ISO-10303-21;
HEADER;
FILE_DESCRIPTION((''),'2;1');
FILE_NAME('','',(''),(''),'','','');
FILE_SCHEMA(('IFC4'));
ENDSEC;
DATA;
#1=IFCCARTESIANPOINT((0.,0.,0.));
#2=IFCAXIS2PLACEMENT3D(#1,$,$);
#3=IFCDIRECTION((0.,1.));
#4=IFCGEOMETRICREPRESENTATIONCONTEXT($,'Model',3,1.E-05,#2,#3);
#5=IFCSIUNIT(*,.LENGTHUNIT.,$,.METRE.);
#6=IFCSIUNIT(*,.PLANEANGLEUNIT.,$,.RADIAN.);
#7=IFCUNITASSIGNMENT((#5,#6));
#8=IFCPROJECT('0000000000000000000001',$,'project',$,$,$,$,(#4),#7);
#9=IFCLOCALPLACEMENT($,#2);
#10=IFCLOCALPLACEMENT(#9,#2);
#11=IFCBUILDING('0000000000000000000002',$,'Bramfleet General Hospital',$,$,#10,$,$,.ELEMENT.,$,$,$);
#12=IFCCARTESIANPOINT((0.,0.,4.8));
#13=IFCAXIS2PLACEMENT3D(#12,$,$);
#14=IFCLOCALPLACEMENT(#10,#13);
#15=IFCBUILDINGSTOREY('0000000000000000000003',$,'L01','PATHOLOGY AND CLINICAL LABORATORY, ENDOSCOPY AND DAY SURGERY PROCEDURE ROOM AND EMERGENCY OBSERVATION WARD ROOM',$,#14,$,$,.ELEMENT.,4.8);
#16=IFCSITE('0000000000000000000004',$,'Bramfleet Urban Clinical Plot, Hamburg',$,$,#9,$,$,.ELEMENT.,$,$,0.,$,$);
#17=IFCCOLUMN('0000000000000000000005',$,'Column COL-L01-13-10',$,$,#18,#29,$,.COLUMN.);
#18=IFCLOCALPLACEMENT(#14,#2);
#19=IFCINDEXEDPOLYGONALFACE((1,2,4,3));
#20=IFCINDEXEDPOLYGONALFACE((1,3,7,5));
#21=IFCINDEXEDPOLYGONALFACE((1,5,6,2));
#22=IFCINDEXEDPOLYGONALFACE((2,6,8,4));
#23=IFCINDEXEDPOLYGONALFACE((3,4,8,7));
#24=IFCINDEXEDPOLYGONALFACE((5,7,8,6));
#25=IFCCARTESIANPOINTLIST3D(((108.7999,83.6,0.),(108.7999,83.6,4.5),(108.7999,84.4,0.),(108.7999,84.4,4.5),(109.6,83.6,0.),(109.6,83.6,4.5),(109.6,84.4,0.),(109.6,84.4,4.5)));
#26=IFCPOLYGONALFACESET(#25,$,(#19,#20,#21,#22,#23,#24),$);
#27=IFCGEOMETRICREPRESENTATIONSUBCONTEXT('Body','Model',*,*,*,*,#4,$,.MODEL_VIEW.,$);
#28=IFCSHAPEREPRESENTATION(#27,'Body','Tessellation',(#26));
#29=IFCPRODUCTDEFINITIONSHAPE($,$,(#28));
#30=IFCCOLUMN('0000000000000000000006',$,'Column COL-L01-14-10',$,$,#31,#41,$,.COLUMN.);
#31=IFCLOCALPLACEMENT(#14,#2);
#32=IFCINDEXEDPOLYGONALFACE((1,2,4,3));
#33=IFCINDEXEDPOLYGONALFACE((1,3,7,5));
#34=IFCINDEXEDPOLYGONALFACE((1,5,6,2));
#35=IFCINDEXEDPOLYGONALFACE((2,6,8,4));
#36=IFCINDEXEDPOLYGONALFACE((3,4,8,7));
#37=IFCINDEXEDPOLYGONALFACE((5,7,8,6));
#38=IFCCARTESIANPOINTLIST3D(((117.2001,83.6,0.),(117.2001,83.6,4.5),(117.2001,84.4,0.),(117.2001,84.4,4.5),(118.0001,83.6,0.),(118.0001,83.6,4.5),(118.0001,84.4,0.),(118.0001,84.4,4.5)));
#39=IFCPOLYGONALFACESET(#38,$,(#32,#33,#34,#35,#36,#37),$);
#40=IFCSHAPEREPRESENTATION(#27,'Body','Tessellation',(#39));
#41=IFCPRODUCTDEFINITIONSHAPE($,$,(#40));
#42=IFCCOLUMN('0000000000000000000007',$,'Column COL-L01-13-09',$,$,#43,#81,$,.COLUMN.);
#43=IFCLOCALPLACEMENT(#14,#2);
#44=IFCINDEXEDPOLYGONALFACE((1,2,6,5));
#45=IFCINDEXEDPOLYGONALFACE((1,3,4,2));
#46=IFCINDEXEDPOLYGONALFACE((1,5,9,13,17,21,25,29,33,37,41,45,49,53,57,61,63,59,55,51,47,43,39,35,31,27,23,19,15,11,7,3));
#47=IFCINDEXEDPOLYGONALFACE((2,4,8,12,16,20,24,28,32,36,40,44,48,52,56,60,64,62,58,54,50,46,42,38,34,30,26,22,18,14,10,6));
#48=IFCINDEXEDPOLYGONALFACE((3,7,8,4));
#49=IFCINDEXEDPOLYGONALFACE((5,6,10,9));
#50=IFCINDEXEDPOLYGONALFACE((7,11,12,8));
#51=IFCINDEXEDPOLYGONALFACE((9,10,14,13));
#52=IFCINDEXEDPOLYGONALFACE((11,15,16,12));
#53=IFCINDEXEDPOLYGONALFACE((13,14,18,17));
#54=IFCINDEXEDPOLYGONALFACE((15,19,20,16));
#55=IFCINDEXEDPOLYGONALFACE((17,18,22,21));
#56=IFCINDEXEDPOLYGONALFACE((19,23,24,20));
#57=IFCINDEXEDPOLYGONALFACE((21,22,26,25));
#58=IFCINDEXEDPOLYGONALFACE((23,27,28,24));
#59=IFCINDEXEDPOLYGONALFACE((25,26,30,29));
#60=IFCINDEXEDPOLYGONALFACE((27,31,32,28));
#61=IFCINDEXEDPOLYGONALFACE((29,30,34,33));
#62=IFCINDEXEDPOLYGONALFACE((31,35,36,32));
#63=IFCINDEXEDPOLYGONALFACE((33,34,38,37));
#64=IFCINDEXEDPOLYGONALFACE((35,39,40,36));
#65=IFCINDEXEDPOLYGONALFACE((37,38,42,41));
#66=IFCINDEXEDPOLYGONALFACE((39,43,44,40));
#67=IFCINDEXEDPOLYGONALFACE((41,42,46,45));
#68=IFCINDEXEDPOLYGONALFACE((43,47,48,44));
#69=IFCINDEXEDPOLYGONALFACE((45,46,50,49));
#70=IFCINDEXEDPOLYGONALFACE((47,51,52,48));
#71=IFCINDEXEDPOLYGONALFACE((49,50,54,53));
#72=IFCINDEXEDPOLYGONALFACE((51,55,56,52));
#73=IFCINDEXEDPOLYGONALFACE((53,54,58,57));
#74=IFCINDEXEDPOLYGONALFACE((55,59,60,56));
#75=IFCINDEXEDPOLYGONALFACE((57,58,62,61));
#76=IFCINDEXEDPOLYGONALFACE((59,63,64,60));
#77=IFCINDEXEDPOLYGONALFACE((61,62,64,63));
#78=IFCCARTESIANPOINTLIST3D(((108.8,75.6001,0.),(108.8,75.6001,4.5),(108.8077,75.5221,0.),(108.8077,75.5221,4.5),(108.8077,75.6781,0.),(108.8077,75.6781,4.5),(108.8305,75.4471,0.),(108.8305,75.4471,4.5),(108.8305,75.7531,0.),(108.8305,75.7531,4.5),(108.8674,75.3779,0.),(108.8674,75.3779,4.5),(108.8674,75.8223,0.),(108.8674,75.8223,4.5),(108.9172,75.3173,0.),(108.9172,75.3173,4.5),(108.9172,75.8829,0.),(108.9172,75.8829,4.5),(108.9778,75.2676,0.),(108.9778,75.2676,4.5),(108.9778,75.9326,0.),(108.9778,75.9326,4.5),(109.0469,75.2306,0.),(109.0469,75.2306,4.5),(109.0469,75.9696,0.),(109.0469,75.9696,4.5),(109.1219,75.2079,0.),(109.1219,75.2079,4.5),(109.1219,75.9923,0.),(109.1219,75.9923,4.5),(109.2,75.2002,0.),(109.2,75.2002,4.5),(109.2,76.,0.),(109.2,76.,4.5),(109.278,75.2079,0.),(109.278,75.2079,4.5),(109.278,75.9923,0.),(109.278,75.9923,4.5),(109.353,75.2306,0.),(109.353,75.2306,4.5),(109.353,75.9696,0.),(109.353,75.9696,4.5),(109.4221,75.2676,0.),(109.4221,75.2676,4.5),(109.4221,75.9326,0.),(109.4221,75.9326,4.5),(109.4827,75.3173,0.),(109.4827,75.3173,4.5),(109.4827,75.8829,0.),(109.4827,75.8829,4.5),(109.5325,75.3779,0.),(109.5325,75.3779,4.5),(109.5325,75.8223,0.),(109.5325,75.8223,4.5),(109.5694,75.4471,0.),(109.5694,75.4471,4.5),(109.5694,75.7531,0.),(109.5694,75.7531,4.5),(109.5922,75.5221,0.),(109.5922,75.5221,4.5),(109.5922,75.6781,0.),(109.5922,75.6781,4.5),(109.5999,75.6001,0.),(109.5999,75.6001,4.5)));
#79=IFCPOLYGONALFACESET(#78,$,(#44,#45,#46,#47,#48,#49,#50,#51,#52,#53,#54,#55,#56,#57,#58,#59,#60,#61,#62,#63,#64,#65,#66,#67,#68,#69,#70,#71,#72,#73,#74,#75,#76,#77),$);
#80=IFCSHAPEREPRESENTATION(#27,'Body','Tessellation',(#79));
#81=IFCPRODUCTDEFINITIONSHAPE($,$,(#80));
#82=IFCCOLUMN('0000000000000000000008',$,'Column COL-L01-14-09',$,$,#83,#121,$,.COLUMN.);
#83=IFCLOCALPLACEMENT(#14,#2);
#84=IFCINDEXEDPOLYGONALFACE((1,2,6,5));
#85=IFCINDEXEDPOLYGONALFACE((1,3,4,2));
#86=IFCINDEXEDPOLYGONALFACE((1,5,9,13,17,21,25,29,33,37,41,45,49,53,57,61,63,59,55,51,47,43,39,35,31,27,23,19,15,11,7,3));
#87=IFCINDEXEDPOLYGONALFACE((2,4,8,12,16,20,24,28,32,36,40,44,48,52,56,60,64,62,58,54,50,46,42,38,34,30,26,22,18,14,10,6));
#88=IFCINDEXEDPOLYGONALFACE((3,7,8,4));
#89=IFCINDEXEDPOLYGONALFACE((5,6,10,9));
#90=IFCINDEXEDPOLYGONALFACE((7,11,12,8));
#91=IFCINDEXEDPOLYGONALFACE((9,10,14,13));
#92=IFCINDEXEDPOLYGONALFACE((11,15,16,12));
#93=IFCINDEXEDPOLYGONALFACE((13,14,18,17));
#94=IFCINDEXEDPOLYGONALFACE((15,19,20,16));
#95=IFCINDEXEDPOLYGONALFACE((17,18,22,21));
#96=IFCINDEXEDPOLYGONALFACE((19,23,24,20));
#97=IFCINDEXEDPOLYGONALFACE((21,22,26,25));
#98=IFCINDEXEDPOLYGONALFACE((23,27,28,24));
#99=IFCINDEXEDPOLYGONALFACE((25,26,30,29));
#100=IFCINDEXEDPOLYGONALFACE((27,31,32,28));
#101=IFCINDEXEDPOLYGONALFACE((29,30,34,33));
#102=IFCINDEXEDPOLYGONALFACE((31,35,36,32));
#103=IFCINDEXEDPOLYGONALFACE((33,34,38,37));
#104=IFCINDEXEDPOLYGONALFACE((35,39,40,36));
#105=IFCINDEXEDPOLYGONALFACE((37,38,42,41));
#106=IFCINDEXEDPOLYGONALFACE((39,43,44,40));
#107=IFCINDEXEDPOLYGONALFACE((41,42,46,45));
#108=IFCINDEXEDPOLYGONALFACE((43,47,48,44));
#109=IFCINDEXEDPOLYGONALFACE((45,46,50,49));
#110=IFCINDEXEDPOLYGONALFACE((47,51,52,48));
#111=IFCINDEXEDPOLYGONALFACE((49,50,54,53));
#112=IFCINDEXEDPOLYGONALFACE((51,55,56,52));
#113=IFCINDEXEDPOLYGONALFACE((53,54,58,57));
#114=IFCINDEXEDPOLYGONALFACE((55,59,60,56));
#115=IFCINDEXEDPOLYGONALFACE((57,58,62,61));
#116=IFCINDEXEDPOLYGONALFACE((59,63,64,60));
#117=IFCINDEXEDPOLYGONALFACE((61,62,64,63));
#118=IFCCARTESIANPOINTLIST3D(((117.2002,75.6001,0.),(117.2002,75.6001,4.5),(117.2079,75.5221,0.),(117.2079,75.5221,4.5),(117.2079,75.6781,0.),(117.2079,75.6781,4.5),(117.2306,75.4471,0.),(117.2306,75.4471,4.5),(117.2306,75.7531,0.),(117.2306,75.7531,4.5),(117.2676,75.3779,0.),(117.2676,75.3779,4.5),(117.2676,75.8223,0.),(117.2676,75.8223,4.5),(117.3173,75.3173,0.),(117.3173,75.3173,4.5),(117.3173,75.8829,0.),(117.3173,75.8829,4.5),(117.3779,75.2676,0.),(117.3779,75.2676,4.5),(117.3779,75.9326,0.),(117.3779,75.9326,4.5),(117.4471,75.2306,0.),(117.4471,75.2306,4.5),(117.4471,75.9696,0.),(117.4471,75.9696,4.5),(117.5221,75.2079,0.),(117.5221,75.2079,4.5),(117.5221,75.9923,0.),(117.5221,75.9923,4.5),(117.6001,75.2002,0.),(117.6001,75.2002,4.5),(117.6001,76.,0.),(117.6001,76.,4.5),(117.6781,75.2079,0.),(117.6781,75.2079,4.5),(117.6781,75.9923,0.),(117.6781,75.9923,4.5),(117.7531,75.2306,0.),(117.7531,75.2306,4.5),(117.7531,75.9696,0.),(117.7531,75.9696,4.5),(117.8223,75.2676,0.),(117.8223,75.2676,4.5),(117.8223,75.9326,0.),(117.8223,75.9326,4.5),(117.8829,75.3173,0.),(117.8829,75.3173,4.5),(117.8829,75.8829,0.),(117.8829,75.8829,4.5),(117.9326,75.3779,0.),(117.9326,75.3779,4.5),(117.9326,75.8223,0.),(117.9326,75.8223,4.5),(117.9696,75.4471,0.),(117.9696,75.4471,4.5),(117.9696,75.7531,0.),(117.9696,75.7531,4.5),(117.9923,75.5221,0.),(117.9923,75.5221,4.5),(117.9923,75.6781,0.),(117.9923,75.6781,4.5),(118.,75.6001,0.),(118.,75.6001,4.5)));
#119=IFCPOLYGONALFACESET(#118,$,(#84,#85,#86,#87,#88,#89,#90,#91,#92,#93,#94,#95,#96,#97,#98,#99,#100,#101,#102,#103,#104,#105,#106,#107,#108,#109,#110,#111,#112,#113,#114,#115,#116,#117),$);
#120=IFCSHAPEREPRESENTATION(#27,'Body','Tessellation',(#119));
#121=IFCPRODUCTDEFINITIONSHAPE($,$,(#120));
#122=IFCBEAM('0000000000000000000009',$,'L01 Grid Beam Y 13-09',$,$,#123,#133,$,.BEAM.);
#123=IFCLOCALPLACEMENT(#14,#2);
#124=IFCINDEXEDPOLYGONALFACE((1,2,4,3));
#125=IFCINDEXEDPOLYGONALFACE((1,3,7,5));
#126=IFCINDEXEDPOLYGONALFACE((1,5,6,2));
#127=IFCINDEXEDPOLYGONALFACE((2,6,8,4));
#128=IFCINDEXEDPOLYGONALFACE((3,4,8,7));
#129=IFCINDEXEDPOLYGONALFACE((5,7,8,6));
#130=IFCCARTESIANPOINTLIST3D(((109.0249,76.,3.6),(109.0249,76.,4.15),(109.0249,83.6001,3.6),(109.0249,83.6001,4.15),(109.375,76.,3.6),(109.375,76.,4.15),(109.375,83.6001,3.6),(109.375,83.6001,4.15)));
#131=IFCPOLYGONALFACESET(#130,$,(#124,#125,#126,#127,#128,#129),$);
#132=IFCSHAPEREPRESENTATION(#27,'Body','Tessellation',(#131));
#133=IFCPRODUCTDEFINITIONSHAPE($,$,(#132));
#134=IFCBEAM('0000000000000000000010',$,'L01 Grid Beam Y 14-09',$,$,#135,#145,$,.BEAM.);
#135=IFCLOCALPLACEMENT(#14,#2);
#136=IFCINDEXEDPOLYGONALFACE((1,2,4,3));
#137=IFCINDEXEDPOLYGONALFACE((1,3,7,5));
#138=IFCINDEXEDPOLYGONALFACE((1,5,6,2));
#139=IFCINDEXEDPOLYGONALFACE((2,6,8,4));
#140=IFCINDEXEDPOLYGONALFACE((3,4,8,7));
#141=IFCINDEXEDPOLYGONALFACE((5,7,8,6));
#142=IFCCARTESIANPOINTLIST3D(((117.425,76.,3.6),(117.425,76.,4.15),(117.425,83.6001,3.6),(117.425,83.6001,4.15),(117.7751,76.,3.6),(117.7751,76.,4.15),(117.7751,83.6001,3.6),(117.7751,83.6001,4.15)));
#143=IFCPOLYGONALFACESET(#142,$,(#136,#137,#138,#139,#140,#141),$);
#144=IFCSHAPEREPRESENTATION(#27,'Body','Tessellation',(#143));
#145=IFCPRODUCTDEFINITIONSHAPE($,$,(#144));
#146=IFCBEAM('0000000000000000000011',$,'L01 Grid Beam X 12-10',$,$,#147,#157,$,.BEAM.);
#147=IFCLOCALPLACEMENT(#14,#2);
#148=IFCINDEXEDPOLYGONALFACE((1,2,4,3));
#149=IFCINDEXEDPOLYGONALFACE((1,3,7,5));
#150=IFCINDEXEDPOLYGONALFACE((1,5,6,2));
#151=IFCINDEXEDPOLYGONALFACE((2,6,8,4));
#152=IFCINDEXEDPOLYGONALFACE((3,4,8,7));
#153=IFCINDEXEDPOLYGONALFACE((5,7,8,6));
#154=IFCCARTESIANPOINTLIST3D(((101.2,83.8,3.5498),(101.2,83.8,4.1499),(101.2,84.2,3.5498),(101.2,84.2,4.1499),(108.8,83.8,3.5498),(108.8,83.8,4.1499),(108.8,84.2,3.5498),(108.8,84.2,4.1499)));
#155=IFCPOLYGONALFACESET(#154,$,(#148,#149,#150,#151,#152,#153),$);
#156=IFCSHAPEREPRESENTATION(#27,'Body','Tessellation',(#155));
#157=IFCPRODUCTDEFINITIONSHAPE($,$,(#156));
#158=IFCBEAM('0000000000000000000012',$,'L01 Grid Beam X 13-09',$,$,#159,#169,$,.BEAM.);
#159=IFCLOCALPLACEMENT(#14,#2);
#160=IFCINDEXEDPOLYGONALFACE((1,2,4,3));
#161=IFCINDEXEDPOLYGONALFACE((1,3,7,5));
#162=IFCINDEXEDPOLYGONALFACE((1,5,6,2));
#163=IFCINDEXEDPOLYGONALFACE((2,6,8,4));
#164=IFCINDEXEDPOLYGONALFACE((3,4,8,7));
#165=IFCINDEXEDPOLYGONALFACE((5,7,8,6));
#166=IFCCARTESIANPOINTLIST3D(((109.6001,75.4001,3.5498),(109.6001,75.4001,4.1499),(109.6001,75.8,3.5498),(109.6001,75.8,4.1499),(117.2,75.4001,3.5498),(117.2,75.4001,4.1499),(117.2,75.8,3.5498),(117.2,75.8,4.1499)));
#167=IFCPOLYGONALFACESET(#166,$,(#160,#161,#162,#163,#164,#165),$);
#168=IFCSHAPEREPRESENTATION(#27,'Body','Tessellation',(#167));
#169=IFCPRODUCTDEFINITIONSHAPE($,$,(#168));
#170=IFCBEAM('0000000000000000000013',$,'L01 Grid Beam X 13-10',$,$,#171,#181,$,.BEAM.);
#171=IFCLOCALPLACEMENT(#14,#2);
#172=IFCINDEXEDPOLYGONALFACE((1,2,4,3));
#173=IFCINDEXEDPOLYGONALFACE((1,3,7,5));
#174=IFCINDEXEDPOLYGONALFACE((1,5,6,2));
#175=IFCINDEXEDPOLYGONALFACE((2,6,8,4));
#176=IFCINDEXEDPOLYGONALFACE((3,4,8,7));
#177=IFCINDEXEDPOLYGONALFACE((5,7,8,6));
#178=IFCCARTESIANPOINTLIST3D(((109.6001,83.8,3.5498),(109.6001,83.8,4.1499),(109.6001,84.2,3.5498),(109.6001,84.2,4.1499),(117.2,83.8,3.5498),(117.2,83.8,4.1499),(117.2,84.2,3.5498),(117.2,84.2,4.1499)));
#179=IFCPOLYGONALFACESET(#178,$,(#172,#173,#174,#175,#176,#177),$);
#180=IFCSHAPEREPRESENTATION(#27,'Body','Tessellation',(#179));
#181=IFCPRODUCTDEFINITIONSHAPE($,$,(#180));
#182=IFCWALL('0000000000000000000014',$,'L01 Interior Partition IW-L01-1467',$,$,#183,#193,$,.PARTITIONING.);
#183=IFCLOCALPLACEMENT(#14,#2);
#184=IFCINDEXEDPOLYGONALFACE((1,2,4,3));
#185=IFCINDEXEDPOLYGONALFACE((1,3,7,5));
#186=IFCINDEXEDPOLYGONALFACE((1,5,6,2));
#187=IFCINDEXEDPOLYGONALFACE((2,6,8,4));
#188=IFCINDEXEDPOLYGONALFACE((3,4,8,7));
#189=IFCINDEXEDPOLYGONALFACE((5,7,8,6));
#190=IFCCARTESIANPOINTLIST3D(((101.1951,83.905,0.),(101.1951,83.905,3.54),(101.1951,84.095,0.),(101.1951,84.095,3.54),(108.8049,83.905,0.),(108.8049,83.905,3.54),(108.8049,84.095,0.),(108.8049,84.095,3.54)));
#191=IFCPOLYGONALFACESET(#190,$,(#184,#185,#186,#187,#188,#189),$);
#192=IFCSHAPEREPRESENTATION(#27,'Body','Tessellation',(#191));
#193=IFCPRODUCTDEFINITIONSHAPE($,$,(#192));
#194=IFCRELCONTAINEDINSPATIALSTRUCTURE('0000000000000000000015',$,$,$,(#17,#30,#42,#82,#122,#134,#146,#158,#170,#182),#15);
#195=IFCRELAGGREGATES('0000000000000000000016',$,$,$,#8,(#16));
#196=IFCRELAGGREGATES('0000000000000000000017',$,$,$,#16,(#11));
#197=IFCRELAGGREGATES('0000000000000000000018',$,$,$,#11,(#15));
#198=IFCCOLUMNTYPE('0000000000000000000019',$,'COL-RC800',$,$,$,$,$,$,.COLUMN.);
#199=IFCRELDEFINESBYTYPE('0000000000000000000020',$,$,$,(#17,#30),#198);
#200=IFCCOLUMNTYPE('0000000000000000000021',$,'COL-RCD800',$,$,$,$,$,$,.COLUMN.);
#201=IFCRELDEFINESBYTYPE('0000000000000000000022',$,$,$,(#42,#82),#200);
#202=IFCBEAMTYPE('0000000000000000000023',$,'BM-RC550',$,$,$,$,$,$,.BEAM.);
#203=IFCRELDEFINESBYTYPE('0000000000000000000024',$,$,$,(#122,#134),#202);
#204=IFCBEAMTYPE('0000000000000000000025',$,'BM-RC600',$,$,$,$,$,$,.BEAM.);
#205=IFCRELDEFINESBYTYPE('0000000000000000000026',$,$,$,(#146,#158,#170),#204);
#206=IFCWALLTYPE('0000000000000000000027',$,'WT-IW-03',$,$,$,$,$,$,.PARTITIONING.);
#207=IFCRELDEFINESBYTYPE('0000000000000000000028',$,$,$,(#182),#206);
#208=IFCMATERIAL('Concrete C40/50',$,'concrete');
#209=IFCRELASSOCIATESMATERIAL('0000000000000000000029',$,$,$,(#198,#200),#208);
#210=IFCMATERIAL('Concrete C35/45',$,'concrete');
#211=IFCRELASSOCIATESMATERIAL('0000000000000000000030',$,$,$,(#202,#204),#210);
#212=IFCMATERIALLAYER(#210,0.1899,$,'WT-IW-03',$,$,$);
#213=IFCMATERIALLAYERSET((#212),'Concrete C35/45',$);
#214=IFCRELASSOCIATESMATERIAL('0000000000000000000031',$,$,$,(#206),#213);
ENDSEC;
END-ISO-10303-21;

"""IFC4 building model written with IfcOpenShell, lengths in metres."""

from ifc_helpers import new_model, si_unit, direction, frame, frame_2d, origin, origin_2d, place, context, subcontext, project, spatial, rectangle, circle, extrude, material, layer, layer_set, material_profile, profile_set, type_object, element, save


model = new_model("IFC4")

# Units and contexts
model_context = context("Model", 3, precision=1e-05, world=origin(), true_north=direction((0.0, 1.0)))
body_context = subcontext(model_context, "Body", "Model", "MODEL_VIEW")
ifc_project = project(units=[si_unit("LENGTHUNIT", "METRE"), si_unit("PLANEANGLEUNIT", "RADIAN")], contexts=[model_context])

# Site, building, storey
site_placement = place(None, origin())
site = spatial("IfcSite", under=ifc_project, at=site_placement, Name="Bramfleet Urban Clinical Plot, Hamburg", CompositionType="ELEMENT", RefElevation=0.0)
building_placement = place(site_placement, origin())
building = spatial("IfcBuilding", under=site, at=building_placement, Name="Bramfleet General Hospital", CompositionType="ELEMENT")
storey_placement = place(building_placement, frame((0.0, 0.0, 4.8)))
storey = spatial("IfcBuildingStorey", under=building, at=storey_placement, Name="L01", Description="PATHOLOGY AND CLINICAL LABORATORY, ENDOSCOPY AND DAY SURGERY PROCEDURE ROOM AND EMERGENCY OBSERVATION WARD ROOM", CompositionType="ELEMENT", Elevation=4.8)

# Columns
ifc_material_1 = material(Name="Concrete C40/50", Category="concrete")
ifc_material_profile_1 = material_profile(ifc_material_1, rectangle(XDim=0.8, YDim=0.8, at=origin_2d()), Name="RC COL 800x800")
ifc_profile_set_1 = profile_set([ifc_material_profile_1], Name="Concrete C40/50")
column_type_1 = type_object("IfcColumnType", Name="COL-RC800", PredefinedType="COLUMN", material=ifc_profile_set_1)
for number, where, z_axis, x_axis, name in (
    (1, (109.2, 84.0, 0.0), (0.0, 0.0, 1.0), (1.0, 0.0, 0.0), "Column COL-L01-13-10"),
    (2, (117.6001, 84.0, 0.0), (0.0, 0.0, 1.0), (1.0, 0.0, 0.0), "Column COL-L01-14-10"),
):
    element("IfcColumn", number, at=place(storey_placement, frame(where, z_axis=z_axis, x_axis=x_axis)), inside=storey, type_object=column_type_1, Name=name, PredefinedType="COLUMN", context=body_context, shape_type="SweptSolid", body=[
        extrude(rectangle(XDim=0.8, YDim=0.8, at=origin_2d()), origin(), (0.0, 0.0, 1.0), 4.5),
    ])
ifc_material_profile_2 = material_profile(ifc_material_1, circle(Radius=0.3999, at=origin_2d()), Name="RC ROUND D800")
ifc_profile_set_2 = profile_set([ifc_material_profile_2], Name="Concrete C40/50")
column_type_2 = type_object("IfcColumnType", Name="COL-RCD800", PredefinedType="COLUMN", material=ifc_profile_set_2)
for number, where, z_axis, x_axis, name in (
    (3, (109.2, 75.6001, 0.0), (0.0, 0.0, 1.0), (1.0, 0.0, 0.0), "Column COL-L01-13-09"),
    (4, (117.6001, 75.6001, 0.0), (0.0, 0.0, 1.0), (1.0, 0.0, 0.0), "Column COL-L01-14-09"),
):
    element("IfcColumn", number, at=place(storey_placement, frame(where, z_axis=z_axis, x_axis=x_axis)), inside=storey, type_object=column_type_2, Name=name, PredefinedType="COLUMN", context=body_context, shape_type="SweptSolid", body=[
        extrude(circle(Radius=0.3999, at=origin_2d()), origin(), (0.0, 0.0, 1.0), 4.5),
    ])

# Beams
ifc_material_2 = material(Name="Concrete C35/45", Category="concrete")
ifc_material_profile_3 = material_profile(ifc_material_2, rectangle(XDim=0.3501, YDim=0.55, at=origin_2d()), Name="RC BM 550x350")
ifc_profile_set_3 = profile_set([ifc_material_profile_3], Name="Concrete C35/45")
beam_type_1 = type_object("IfcBeamType", Name="BM-RC550", PredefinedType="BEAM", material=ifc_profile_set_3)
for number, where, z_axis, x_axis, name in (
    (5, (109.2, 76.0, 3.875), (0.0, 1.0, 0.0), (-1.0, 0.0, 0.0), "L01 Grid Beam Y 13-09"),
    (6, (117.6001, 76.0, 3.875), (0.0, 1.0, 0.0), (-1.0, 0.0, 0.0), "L01 Grid Beam Y 14-09"),
):
    element("IfcBeam", number, at=place(storey_placement, frame(where, z_axis=z_axis, x_axis=x_axis)), inside=storey, type_object=beam_type_1, Name=name, PredefinedType="BEAM", context=body_context, shape_type="SweptSolid", body=[
        extrude(rectangle(XDim=0.3501, YDim=0.55, at=origin_2d()), origin(), (0.0, 0.0, 1.0), 7.6001),
    ])
ifc_material_profile_4 = material_profile(ifc_material_2, rectangle(XDim=0.3999, YDim=0.6001, at=origin_2d()), Name="RC BM 600x400")
ifc_profile_set_4 = profile_set([ifc_material_profile_4], Name="Concrete C35/45")
beam_type_2 = type_object("IfcBeamType", Name="BM-RC600", PredefinedType="BEAM", material=ifc_profile_set_4)
beam_placement = place(storey_placement, frame((101.2, 84.0, 3.8499), z_axis=(1.0, 0.0, 0.0), x_axis=(0.0, 1.0, 0.0)))
element("IfcBeam", 7, at=beam_placement, inside=storey, type_object=beam_type_2, Name="L01 Grid Beam X 12-10", PredefinedType="BEAM", context=body_context, shape_type="SweptSolid", body=[
    extrude(rectangle(XDim=0.3999, YDim=0.6001, at=origin_2d()), origin(), (0.0, 0.0, 1.0), 7.6001),
])
for number, where, z_axis, x_axis, name in (
    (8, (109.6001, 75.6001, 3.8499), (1.0, 0.0, 0.0), (0.0, 1.0, 0.0), "L01 Grid Beam X 13-09"),
    (9, (109.6001, 84.0, 3.8499), (1.0, 0.0, 0.0), (0.0, 1.0, 0.0), "L01 Grid Beam X 13-10"),
):
    element("IfcBeam", number, at=place(storey_placement, frame(where, z_axis=z_axis, x_axis=x_axis)), inside=storey, type_object=beam_type_2, Name=name, PredefinedType="BEAM", context=body_context, shape_type="SweptSolid", body=[
        extrude(rectangle(XDim=0.3999, YDim=0.6001, at=origin_2d()), origin(), (0.0, 0.0, 1.0), 7.5999),
    ])

# Wall
ifc_layer_1 = layer(ifc_material_2, 0.1899, Name="WT-IW-03")
ifc_layer_set_1 = layer_set([ifc_layer_1], Name="Concrete C35/45")
wall_type_1 = type_object("IfcWallType", Name="WT-IW-03", PredefinedType="PARTITIONING", material=ifc_layer_set_1)
wall_1_placement = place(storey_placement, frame((101.1951, 84.0, 0.0), z_axis=(0.0, 0.0, 1.0), x_axis=(1.0, 0.0, 0.0)))
element("IfcWall", 10, at=wall_1_placement, inside=storey, type_object=wall_type_1, Name="L01 Interior Partition IW-L01-1467", PredefinedType="PARTITIONING", context=body_context, shape_type="SweptSolid", body=[
    extrude(rectangle(XDim=7.6099, YDim=0.1899, at=frame_2d((3.8049, 0.0))), origin(), (0.0, 0.0, 1.0), 3.54),
])

save(model, "model.ifc")
